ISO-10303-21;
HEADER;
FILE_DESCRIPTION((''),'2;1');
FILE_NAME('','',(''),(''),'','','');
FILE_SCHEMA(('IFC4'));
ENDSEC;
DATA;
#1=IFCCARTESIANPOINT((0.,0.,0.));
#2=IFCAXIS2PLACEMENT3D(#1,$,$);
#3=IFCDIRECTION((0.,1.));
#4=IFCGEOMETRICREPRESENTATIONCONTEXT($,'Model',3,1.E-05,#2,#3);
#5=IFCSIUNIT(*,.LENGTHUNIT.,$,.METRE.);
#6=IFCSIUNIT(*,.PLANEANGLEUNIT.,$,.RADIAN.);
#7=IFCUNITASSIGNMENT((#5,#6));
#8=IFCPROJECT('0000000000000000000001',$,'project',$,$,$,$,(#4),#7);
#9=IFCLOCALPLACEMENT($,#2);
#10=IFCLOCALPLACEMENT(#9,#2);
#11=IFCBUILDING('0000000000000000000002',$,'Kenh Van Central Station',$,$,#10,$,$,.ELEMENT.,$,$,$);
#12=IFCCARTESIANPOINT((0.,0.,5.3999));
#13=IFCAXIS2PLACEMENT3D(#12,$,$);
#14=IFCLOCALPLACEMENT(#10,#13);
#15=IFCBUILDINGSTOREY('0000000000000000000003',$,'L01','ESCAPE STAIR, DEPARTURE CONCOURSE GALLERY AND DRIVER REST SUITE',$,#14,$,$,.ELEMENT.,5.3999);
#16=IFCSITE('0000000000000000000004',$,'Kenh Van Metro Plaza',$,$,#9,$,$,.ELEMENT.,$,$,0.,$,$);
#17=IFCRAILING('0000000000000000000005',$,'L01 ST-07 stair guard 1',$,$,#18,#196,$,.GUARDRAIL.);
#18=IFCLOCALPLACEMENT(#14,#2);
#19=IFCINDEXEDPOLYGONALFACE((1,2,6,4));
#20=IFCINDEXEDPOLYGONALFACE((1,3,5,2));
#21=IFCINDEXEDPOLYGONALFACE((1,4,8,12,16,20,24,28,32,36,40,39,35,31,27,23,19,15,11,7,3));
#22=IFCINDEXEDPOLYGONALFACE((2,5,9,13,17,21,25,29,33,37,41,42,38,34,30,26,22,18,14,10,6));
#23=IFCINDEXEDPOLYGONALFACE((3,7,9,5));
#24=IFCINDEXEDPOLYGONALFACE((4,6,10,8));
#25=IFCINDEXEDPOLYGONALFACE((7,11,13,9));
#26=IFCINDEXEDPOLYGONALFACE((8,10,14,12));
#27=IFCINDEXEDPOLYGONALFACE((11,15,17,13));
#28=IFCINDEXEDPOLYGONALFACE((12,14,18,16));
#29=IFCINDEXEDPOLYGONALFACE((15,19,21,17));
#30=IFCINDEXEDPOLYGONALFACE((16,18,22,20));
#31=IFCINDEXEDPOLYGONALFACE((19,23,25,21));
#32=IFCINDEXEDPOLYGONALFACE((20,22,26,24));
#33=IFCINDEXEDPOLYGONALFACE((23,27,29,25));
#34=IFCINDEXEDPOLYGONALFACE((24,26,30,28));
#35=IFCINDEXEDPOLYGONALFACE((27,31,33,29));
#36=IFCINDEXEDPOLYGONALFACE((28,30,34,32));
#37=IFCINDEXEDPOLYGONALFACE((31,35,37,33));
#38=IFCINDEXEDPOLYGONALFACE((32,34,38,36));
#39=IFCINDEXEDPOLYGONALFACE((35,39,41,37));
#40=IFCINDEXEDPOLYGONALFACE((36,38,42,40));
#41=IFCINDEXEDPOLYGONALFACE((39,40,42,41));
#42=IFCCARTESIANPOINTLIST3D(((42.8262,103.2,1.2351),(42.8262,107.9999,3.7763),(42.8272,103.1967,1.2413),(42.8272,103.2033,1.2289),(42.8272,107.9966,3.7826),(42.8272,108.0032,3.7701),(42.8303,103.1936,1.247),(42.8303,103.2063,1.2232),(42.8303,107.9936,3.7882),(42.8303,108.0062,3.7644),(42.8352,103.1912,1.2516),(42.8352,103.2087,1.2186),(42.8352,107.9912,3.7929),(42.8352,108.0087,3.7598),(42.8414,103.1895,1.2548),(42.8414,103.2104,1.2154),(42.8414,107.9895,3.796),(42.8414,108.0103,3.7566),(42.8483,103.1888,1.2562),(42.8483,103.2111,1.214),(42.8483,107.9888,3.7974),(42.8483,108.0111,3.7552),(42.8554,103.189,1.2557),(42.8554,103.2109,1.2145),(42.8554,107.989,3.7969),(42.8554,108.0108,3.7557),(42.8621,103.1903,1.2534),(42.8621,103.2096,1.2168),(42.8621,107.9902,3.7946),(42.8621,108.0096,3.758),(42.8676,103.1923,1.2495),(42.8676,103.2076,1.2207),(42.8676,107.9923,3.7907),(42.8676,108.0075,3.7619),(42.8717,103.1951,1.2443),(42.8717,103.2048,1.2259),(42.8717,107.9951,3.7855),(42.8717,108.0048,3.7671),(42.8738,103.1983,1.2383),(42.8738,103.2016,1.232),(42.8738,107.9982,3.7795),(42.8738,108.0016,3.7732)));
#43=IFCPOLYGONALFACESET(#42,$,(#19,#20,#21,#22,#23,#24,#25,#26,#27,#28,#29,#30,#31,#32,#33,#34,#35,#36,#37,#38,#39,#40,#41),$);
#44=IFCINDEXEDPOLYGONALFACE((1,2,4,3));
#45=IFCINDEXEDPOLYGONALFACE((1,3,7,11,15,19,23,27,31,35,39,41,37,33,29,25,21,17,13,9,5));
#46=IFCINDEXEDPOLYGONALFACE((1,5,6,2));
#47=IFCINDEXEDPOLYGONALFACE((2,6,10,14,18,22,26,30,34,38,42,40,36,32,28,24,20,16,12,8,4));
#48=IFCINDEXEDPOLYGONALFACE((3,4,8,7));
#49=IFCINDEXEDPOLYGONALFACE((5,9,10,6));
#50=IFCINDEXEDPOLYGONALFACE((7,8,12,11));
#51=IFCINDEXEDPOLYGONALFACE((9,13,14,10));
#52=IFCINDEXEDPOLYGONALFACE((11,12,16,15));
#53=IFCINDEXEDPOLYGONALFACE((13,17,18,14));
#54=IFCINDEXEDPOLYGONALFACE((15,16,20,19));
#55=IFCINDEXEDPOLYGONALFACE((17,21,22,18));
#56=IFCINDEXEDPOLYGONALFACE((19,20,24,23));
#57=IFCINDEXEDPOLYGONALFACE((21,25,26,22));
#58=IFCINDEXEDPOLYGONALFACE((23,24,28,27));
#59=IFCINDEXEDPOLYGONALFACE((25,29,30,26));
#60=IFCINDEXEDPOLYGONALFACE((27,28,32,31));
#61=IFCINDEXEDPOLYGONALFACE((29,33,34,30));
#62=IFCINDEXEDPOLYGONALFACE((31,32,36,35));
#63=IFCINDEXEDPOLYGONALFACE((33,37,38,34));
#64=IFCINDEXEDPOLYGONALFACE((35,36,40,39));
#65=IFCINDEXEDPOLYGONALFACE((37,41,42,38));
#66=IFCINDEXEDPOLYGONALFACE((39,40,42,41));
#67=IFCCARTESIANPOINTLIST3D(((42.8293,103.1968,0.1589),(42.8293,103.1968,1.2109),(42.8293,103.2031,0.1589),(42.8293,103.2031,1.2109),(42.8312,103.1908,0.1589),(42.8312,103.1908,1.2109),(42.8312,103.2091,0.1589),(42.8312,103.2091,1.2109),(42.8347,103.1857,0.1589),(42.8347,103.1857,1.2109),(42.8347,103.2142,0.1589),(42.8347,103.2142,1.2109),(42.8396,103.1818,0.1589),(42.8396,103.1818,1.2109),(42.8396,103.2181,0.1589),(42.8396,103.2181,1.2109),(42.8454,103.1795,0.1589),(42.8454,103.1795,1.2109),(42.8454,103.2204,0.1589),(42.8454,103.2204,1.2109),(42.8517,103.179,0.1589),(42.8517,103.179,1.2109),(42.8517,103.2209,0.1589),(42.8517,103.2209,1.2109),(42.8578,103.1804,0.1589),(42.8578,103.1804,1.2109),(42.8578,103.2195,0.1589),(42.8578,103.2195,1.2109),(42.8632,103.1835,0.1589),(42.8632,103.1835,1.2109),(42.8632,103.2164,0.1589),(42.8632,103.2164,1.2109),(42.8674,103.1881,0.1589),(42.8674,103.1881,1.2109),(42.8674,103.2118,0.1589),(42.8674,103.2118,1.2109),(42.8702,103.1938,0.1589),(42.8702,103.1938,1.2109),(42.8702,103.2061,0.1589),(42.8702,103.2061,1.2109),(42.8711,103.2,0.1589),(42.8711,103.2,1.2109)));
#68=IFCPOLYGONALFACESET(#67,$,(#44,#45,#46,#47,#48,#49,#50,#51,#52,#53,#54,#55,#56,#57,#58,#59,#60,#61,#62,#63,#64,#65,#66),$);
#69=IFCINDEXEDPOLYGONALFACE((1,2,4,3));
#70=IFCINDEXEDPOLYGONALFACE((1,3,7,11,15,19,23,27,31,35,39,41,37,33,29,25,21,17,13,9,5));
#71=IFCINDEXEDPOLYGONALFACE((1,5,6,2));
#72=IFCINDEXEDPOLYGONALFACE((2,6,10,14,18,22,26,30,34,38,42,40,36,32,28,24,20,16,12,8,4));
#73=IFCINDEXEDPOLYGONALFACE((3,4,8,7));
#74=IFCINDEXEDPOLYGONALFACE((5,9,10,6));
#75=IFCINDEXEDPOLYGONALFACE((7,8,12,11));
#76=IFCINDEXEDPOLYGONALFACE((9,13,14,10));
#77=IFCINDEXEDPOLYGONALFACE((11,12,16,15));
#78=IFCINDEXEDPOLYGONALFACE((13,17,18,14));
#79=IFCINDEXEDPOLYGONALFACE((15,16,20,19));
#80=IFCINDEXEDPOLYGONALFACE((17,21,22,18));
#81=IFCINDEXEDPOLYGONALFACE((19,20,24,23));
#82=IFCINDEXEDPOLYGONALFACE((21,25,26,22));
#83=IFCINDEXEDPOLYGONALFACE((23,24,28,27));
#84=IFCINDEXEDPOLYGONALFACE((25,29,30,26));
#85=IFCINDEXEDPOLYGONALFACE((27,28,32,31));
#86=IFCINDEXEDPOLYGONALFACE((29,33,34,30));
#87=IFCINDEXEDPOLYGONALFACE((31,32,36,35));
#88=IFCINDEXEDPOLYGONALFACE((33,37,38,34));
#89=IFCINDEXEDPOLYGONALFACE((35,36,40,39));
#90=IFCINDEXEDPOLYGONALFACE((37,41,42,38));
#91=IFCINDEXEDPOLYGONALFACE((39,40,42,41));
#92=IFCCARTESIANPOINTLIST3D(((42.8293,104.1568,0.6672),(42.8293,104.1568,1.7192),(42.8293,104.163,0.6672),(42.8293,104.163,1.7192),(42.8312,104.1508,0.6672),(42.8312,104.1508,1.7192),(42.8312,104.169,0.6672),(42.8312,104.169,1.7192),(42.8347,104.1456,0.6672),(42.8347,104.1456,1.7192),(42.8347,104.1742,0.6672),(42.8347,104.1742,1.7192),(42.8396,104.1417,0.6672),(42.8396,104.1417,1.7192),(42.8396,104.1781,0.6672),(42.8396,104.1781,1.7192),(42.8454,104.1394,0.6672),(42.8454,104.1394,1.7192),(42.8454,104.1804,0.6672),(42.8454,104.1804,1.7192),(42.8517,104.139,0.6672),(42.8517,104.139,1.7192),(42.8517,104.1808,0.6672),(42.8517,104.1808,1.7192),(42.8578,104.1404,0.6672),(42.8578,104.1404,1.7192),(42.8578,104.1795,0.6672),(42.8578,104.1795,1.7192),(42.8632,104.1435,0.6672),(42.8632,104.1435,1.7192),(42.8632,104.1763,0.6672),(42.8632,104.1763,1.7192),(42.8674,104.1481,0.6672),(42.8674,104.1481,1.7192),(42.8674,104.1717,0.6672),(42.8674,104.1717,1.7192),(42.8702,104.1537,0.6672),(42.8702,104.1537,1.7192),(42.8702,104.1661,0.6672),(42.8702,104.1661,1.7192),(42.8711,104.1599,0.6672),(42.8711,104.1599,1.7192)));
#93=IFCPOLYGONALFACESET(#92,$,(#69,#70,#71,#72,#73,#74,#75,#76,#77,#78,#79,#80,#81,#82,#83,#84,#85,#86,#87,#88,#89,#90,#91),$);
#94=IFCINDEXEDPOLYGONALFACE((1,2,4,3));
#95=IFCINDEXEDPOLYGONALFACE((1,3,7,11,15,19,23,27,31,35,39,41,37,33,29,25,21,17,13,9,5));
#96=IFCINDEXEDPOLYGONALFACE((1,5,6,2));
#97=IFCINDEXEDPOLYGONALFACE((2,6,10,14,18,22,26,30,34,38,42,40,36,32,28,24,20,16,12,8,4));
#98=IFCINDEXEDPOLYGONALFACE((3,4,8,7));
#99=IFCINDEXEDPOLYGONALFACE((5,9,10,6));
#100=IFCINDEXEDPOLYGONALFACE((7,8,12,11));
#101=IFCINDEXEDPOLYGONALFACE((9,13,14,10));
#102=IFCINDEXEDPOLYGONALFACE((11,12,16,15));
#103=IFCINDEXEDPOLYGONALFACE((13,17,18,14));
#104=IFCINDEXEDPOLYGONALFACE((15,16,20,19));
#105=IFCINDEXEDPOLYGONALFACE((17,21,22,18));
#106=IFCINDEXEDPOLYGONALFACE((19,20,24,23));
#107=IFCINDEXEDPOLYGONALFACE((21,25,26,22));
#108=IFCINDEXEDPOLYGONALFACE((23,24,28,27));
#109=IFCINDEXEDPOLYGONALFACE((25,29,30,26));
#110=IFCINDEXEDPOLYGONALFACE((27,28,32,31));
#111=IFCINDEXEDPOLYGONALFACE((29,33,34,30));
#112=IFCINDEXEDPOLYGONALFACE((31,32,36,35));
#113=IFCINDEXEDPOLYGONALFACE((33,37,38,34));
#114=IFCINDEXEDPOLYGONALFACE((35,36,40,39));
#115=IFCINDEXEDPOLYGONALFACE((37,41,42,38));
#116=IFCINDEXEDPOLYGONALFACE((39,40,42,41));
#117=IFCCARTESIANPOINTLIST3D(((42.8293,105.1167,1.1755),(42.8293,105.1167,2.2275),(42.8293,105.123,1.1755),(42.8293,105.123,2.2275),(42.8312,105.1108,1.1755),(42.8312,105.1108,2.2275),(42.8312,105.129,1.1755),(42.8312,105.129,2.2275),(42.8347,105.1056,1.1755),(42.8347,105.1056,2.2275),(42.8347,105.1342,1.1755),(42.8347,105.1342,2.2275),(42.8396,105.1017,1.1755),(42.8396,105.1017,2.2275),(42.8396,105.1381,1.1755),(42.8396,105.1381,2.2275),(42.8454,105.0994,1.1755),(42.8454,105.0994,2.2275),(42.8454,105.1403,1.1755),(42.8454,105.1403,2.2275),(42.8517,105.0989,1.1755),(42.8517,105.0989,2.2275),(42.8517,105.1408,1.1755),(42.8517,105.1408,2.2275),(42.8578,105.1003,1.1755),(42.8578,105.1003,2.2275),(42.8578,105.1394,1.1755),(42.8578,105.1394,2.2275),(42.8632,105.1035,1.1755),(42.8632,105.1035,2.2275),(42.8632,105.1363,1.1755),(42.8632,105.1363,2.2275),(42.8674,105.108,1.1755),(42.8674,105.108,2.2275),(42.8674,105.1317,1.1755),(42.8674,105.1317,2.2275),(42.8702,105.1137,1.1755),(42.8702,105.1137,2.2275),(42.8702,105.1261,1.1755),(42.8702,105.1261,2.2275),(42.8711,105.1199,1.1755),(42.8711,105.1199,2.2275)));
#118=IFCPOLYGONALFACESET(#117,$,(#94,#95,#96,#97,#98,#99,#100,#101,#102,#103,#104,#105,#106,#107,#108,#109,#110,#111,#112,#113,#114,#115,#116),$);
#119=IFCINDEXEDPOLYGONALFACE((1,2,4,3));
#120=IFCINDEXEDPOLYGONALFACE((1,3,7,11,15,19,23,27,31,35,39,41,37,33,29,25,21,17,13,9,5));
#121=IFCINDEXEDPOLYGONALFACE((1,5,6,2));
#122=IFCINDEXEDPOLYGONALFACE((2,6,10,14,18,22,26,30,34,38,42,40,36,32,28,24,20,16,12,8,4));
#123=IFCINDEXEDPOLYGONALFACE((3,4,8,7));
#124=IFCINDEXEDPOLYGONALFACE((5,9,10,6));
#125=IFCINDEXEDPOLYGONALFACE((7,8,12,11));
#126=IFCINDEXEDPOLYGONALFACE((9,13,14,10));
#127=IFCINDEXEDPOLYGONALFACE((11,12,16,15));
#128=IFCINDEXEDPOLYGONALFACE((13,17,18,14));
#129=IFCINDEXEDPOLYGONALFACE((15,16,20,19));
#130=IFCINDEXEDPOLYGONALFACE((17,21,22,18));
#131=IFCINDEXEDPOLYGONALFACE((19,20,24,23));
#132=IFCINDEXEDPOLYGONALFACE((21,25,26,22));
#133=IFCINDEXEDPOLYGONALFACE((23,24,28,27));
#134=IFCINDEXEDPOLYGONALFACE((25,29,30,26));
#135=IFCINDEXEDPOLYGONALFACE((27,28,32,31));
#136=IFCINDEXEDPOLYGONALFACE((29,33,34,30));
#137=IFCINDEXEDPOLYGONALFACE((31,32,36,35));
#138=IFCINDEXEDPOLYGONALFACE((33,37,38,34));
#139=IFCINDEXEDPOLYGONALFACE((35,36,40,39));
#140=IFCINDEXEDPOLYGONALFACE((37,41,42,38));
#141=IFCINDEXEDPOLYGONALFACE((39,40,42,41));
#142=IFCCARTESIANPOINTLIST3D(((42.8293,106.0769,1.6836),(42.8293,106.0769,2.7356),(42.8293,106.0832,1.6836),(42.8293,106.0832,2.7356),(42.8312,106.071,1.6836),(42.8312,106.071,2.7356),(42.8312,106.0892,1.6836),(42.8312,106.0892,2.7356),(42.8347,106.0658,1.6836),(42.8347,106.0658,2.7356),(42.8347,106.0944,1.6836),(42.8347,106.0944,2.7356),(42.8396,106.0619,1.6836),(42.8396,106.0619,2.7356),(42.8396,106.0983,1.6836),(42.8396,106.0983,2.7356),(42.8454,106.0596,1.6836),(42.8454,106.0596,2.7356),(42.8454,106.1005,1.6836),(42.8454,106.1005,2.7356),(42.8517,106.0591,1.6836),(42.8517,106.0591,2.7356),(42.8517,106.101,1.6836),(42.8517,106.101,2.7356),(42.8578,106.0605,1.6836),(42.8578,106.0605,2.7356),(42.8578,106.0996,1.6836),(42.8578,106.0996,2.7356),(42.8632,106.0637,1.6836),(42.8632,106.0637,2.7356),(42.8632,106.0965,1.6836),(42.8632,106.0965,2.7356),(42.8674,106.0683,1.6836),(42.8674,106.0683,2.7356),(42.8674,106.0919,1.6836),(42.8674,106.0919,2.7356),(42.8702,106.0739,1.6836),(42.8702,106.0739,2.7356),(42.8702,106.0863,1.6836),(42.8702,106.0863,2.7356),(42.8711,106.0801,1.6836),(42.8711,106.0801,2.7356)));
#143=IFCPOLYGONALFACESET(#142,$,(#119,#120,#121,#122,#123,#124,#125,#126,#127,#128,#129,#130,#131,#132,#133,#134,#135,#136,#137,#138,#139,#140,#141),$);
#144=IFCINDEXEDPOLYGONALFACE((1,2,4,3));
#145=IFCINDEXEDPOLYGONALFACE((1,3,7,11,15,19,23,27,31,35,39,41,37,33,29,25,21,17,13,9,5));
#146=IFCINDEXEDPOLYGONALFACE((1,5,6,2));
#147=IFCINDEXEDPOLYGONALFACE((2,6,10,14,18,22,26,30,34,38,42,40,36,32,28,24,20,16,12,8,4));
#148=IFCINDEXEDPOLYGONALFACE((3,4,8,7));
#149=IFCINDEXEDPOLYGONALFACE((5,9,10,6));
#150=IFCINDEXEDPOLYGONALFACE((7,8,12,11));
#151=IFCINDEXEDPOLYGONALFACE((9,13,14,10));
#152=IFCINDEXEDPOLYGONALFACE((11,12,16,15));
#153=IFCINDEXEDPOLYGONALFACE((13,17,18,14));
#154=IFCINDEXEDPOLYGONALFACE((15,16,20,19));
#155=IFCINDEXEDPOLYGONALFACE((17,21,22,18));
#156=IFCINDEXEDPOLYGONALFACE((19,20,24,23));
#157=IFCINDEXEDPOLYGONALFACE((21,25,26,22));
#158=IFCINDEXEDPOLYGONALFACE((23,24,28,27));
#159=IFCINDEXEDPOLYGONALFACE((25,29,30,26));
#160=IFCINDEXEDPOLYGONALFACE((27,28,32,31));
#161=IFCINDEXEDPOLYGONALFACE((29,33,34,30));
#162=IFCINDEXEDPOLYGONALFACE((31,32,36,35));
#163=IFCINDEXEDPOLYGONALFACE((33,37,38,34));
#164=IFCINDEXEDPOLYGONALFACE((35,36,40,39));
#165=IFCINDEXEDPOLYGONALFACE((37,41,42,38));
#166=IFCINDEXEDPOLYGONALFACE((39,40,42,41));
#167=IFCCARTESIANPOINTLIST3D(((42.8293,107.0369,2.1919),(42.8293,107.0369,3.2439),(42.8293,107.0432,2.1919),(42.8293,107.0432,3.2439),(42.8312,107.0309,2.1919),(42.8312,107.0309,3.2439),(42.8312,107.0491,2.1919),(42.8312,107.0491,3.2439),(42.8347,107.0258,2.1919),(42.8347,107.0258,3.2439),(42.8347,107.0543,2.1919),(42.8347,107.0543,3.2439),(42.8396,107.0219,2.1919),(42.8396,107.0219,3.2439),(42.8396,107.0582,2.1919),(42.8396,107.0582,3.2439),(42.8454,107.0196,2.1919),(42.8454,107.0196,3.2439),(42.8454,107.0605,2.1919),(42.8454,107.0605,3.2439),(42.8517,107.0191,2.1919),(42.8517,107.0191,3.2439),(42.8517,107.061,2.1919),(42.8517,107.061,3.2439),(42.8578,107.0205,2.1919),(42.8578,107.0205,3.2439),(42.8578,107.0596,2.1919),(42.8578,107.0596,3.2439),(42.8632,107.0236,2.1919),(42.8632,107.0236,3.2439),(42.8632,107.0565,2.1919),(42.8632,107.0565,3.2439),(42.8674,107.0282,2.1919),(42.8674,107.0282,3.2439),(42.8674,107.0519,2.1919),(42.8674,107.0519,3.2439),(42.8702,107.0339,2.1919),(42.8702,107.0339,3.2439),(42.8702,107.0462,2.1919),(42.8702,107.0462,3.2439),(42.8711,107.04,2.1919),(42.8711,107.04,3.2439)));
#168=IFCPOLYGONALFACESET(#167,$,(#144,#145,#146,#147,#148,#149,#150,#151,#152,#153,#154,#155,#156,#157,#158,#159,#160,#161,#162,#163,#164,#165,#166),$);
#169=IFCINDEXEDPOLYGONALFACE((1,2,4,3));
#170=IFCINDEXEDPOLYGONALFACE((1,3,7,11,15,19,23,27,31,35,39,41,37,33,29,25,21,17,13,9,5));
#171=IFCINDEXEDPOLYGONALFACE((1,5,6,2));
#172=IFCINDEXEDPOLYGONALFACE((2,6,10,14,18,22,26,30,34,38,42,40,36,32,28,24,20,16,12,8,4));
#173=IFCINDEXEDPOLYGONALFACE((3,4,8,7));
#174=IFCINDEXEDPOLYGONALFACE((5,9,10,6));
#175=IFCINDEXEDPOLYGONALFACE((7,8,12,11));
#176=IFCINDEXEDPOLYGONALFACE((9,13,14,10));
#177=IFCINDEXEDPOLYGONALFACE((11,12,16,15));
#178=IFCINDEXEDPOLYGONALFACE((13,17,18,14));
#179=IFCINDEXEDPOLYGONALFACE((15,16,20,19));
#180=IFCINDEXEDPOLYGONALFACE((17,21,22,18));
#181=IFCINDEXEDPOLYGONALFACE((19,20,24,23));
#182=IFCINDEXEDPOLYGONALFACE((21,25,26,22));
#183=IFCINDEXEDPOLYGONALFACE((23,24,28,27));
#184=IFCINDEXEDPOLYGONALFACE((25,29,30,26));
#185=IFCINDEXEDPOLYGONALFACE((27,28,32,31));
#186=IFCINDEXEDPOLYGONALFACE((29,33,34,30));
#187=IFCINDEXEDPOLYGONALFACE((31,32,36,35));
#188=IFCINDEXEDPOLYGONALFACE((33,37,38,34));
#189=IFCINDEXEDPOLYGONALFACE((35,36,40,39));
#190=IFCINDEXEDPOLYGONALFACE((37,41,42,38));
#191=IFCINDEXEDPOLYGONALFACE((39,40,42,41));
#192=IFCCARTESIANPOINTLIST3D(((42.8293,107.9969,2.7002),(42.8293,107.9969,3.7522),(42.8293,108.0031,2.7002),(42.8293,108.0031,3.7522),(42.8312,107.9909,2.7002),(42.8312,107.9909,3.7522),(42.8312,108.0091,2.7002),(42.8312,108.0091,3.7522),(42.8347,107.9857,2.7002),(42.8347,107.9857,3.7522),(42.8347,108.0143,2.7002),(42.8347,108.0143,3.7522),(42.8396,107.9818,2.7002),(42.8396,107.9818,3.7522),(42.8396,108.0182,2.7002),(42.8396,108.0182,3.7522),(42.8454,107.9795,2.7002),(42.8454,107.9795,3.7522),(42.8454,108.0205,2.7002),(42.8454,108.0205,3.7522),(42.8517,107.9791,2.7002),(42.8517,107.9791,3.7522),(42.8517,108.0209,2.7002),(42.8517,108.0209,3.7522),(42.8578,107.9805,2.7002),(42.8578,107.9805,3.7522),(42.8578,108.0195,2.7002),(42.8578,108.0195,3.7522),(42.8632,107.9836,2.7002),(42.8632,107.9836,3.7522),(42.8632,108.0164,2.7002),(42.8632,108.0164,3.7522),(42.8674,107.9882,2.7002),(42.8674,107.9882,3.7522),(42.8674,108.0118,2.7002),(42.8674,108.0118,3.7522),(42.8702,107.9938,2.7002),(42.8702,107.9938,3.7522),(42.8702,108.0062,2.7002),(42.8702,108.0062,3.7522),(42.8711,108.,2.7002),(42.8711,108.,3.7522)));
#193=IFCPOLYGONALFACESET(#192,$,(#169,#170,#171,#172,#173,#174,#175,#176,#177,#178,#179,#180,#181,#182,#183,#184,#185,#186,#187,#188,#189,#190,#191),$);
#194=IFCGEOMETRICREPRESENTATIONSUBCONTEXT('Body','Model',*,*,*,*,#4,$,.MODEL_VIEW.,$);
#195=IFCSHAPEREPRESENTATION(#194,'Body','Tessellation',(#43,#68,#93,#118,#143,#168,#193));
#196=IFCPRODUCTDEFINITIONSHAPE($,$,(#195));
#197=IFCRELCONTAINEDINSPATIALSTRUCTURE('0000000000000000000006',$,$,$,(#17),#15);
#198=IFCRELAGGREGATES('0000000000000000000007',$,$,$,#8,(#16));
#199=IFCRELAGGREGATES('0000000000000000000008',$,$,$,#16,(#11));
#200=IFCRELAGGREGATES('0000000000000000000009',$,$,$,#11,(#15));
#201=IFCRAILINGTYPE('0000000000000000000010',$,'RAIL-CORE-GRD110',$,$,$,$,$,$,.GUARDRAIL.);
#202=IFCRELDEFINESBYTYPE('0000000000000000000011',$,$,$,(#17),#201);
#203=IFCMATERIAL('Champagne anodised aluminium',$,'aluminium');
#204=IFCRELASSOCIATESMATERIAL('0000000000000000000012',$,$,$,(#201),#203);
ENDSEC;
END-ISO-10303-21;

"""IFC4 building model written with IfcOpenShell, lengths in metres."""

from ifc_helpers import new_model, si_unit, direction, frame, origin, origin_2d, place, context, subcontext, project, spatial, circle, extrude, material, type_object, element, save


model = new_model("IFC4")

# Units and contexts
model_context = context("Model", 3, precision=1e-05, world=origin(), true_north=direction((0.0, 1.0)))
body_context = subcontext(model_context, "Body", "Model", "MODEL_VIEW")
ifc_project = project(units=[si_unit("LENGTHUNIT", "METRE"), si_unit("PLANEANGLEUNIT", "RADIAN")], contexts=[model_context])

# Site, building, storey
site_placement = place(None, origin())
site = spatial("IfcSite", under=ifc_project, at=site_placement, Name="Kenh Van Metro Plaza", CompositionType="ELEMENT", RefElevation=0.0)
building_placement = place(site_placement, origin())
building = spatial("IfcBuilding", under=site, at=building_placement, Name="Kenh Van Central Station", CompositionType="ELEMENT")
storey_placement = place(building_placement, frame((0.0, 0.0, 5.3999)))
storey = spatial("IfcBuildingStorey", under=building, at=storey_placement, Name="L01", Description="ESCAPE STAIR, DEPARTURE CONCOURSE GALLERY AND DRIVER REST SUITE", CompositionType="ELEMENT", Elevation=5.3999)

# Shared definitions
ifc_material_1 = material(Name="Champagne anodised aluminium", Category="aluminium")

# Railing
railing_type_1 = type_object("IfcRailingType", Name="RAIL-CORE-GRD110", PredefinedType="GUARDRAIL", material=ifc_material_1)
railing_1_placement = place(storey_placement, frame((42.8501, 103.2, 0.1589)))
element("IfcRailing", 1, at=railing_1_placement, inside=storey, type_object=railing_type_1, Name="L01 ST-07 stair guard 1", PredefinedType="GUARDRAIL", context=body_context, shape_type="SweptSolid", body=[
    extrude(circle(Radius=0.0239, at=origin_2d()), frame((0.0, 0.0, 1.0762), z_axis=(0.0, 0.883784, 0.467896), x_axis=(-1.0, 0.0, 0.0)), (0.0, 0.0, 1.0), 5.4312),
    extrude(circle(Radius=0.021, at=origin_2d()), origin(), (0.0, 0.0, 1.0), 1.052),
    extrude(circle(Radius=0.021, at=origin_2d()), frame((0.0, 0.96, 0.5083)), (0.0, 0.0, 1.0), 1.052),
    extrude(circle(Radius=0.021, at=origin_2d()), frame((0.0, 1.9199, 1.0166)), (0.0, 0.0, 1.0), 1.052),
    extrude(circle(Radius=0.021, at=origin_2d()), frame((0.0, 2.8801, 1.5247)), (0.0, 0.0, 1.0), 1.052),
    extrude(circle(Radius=0.021, at=origin_2d()), frame((0.0, 3.8401, 2.033)), (0.0, 0.0, 1.0), 1.052),
    extrude(circle(Radius=0.021, at=origin_2d()), frame((0.0, 4.8, 2.5413)), (0.0, 0.0, 1.0), 1.052),
])

save(model, "model.ifc")
